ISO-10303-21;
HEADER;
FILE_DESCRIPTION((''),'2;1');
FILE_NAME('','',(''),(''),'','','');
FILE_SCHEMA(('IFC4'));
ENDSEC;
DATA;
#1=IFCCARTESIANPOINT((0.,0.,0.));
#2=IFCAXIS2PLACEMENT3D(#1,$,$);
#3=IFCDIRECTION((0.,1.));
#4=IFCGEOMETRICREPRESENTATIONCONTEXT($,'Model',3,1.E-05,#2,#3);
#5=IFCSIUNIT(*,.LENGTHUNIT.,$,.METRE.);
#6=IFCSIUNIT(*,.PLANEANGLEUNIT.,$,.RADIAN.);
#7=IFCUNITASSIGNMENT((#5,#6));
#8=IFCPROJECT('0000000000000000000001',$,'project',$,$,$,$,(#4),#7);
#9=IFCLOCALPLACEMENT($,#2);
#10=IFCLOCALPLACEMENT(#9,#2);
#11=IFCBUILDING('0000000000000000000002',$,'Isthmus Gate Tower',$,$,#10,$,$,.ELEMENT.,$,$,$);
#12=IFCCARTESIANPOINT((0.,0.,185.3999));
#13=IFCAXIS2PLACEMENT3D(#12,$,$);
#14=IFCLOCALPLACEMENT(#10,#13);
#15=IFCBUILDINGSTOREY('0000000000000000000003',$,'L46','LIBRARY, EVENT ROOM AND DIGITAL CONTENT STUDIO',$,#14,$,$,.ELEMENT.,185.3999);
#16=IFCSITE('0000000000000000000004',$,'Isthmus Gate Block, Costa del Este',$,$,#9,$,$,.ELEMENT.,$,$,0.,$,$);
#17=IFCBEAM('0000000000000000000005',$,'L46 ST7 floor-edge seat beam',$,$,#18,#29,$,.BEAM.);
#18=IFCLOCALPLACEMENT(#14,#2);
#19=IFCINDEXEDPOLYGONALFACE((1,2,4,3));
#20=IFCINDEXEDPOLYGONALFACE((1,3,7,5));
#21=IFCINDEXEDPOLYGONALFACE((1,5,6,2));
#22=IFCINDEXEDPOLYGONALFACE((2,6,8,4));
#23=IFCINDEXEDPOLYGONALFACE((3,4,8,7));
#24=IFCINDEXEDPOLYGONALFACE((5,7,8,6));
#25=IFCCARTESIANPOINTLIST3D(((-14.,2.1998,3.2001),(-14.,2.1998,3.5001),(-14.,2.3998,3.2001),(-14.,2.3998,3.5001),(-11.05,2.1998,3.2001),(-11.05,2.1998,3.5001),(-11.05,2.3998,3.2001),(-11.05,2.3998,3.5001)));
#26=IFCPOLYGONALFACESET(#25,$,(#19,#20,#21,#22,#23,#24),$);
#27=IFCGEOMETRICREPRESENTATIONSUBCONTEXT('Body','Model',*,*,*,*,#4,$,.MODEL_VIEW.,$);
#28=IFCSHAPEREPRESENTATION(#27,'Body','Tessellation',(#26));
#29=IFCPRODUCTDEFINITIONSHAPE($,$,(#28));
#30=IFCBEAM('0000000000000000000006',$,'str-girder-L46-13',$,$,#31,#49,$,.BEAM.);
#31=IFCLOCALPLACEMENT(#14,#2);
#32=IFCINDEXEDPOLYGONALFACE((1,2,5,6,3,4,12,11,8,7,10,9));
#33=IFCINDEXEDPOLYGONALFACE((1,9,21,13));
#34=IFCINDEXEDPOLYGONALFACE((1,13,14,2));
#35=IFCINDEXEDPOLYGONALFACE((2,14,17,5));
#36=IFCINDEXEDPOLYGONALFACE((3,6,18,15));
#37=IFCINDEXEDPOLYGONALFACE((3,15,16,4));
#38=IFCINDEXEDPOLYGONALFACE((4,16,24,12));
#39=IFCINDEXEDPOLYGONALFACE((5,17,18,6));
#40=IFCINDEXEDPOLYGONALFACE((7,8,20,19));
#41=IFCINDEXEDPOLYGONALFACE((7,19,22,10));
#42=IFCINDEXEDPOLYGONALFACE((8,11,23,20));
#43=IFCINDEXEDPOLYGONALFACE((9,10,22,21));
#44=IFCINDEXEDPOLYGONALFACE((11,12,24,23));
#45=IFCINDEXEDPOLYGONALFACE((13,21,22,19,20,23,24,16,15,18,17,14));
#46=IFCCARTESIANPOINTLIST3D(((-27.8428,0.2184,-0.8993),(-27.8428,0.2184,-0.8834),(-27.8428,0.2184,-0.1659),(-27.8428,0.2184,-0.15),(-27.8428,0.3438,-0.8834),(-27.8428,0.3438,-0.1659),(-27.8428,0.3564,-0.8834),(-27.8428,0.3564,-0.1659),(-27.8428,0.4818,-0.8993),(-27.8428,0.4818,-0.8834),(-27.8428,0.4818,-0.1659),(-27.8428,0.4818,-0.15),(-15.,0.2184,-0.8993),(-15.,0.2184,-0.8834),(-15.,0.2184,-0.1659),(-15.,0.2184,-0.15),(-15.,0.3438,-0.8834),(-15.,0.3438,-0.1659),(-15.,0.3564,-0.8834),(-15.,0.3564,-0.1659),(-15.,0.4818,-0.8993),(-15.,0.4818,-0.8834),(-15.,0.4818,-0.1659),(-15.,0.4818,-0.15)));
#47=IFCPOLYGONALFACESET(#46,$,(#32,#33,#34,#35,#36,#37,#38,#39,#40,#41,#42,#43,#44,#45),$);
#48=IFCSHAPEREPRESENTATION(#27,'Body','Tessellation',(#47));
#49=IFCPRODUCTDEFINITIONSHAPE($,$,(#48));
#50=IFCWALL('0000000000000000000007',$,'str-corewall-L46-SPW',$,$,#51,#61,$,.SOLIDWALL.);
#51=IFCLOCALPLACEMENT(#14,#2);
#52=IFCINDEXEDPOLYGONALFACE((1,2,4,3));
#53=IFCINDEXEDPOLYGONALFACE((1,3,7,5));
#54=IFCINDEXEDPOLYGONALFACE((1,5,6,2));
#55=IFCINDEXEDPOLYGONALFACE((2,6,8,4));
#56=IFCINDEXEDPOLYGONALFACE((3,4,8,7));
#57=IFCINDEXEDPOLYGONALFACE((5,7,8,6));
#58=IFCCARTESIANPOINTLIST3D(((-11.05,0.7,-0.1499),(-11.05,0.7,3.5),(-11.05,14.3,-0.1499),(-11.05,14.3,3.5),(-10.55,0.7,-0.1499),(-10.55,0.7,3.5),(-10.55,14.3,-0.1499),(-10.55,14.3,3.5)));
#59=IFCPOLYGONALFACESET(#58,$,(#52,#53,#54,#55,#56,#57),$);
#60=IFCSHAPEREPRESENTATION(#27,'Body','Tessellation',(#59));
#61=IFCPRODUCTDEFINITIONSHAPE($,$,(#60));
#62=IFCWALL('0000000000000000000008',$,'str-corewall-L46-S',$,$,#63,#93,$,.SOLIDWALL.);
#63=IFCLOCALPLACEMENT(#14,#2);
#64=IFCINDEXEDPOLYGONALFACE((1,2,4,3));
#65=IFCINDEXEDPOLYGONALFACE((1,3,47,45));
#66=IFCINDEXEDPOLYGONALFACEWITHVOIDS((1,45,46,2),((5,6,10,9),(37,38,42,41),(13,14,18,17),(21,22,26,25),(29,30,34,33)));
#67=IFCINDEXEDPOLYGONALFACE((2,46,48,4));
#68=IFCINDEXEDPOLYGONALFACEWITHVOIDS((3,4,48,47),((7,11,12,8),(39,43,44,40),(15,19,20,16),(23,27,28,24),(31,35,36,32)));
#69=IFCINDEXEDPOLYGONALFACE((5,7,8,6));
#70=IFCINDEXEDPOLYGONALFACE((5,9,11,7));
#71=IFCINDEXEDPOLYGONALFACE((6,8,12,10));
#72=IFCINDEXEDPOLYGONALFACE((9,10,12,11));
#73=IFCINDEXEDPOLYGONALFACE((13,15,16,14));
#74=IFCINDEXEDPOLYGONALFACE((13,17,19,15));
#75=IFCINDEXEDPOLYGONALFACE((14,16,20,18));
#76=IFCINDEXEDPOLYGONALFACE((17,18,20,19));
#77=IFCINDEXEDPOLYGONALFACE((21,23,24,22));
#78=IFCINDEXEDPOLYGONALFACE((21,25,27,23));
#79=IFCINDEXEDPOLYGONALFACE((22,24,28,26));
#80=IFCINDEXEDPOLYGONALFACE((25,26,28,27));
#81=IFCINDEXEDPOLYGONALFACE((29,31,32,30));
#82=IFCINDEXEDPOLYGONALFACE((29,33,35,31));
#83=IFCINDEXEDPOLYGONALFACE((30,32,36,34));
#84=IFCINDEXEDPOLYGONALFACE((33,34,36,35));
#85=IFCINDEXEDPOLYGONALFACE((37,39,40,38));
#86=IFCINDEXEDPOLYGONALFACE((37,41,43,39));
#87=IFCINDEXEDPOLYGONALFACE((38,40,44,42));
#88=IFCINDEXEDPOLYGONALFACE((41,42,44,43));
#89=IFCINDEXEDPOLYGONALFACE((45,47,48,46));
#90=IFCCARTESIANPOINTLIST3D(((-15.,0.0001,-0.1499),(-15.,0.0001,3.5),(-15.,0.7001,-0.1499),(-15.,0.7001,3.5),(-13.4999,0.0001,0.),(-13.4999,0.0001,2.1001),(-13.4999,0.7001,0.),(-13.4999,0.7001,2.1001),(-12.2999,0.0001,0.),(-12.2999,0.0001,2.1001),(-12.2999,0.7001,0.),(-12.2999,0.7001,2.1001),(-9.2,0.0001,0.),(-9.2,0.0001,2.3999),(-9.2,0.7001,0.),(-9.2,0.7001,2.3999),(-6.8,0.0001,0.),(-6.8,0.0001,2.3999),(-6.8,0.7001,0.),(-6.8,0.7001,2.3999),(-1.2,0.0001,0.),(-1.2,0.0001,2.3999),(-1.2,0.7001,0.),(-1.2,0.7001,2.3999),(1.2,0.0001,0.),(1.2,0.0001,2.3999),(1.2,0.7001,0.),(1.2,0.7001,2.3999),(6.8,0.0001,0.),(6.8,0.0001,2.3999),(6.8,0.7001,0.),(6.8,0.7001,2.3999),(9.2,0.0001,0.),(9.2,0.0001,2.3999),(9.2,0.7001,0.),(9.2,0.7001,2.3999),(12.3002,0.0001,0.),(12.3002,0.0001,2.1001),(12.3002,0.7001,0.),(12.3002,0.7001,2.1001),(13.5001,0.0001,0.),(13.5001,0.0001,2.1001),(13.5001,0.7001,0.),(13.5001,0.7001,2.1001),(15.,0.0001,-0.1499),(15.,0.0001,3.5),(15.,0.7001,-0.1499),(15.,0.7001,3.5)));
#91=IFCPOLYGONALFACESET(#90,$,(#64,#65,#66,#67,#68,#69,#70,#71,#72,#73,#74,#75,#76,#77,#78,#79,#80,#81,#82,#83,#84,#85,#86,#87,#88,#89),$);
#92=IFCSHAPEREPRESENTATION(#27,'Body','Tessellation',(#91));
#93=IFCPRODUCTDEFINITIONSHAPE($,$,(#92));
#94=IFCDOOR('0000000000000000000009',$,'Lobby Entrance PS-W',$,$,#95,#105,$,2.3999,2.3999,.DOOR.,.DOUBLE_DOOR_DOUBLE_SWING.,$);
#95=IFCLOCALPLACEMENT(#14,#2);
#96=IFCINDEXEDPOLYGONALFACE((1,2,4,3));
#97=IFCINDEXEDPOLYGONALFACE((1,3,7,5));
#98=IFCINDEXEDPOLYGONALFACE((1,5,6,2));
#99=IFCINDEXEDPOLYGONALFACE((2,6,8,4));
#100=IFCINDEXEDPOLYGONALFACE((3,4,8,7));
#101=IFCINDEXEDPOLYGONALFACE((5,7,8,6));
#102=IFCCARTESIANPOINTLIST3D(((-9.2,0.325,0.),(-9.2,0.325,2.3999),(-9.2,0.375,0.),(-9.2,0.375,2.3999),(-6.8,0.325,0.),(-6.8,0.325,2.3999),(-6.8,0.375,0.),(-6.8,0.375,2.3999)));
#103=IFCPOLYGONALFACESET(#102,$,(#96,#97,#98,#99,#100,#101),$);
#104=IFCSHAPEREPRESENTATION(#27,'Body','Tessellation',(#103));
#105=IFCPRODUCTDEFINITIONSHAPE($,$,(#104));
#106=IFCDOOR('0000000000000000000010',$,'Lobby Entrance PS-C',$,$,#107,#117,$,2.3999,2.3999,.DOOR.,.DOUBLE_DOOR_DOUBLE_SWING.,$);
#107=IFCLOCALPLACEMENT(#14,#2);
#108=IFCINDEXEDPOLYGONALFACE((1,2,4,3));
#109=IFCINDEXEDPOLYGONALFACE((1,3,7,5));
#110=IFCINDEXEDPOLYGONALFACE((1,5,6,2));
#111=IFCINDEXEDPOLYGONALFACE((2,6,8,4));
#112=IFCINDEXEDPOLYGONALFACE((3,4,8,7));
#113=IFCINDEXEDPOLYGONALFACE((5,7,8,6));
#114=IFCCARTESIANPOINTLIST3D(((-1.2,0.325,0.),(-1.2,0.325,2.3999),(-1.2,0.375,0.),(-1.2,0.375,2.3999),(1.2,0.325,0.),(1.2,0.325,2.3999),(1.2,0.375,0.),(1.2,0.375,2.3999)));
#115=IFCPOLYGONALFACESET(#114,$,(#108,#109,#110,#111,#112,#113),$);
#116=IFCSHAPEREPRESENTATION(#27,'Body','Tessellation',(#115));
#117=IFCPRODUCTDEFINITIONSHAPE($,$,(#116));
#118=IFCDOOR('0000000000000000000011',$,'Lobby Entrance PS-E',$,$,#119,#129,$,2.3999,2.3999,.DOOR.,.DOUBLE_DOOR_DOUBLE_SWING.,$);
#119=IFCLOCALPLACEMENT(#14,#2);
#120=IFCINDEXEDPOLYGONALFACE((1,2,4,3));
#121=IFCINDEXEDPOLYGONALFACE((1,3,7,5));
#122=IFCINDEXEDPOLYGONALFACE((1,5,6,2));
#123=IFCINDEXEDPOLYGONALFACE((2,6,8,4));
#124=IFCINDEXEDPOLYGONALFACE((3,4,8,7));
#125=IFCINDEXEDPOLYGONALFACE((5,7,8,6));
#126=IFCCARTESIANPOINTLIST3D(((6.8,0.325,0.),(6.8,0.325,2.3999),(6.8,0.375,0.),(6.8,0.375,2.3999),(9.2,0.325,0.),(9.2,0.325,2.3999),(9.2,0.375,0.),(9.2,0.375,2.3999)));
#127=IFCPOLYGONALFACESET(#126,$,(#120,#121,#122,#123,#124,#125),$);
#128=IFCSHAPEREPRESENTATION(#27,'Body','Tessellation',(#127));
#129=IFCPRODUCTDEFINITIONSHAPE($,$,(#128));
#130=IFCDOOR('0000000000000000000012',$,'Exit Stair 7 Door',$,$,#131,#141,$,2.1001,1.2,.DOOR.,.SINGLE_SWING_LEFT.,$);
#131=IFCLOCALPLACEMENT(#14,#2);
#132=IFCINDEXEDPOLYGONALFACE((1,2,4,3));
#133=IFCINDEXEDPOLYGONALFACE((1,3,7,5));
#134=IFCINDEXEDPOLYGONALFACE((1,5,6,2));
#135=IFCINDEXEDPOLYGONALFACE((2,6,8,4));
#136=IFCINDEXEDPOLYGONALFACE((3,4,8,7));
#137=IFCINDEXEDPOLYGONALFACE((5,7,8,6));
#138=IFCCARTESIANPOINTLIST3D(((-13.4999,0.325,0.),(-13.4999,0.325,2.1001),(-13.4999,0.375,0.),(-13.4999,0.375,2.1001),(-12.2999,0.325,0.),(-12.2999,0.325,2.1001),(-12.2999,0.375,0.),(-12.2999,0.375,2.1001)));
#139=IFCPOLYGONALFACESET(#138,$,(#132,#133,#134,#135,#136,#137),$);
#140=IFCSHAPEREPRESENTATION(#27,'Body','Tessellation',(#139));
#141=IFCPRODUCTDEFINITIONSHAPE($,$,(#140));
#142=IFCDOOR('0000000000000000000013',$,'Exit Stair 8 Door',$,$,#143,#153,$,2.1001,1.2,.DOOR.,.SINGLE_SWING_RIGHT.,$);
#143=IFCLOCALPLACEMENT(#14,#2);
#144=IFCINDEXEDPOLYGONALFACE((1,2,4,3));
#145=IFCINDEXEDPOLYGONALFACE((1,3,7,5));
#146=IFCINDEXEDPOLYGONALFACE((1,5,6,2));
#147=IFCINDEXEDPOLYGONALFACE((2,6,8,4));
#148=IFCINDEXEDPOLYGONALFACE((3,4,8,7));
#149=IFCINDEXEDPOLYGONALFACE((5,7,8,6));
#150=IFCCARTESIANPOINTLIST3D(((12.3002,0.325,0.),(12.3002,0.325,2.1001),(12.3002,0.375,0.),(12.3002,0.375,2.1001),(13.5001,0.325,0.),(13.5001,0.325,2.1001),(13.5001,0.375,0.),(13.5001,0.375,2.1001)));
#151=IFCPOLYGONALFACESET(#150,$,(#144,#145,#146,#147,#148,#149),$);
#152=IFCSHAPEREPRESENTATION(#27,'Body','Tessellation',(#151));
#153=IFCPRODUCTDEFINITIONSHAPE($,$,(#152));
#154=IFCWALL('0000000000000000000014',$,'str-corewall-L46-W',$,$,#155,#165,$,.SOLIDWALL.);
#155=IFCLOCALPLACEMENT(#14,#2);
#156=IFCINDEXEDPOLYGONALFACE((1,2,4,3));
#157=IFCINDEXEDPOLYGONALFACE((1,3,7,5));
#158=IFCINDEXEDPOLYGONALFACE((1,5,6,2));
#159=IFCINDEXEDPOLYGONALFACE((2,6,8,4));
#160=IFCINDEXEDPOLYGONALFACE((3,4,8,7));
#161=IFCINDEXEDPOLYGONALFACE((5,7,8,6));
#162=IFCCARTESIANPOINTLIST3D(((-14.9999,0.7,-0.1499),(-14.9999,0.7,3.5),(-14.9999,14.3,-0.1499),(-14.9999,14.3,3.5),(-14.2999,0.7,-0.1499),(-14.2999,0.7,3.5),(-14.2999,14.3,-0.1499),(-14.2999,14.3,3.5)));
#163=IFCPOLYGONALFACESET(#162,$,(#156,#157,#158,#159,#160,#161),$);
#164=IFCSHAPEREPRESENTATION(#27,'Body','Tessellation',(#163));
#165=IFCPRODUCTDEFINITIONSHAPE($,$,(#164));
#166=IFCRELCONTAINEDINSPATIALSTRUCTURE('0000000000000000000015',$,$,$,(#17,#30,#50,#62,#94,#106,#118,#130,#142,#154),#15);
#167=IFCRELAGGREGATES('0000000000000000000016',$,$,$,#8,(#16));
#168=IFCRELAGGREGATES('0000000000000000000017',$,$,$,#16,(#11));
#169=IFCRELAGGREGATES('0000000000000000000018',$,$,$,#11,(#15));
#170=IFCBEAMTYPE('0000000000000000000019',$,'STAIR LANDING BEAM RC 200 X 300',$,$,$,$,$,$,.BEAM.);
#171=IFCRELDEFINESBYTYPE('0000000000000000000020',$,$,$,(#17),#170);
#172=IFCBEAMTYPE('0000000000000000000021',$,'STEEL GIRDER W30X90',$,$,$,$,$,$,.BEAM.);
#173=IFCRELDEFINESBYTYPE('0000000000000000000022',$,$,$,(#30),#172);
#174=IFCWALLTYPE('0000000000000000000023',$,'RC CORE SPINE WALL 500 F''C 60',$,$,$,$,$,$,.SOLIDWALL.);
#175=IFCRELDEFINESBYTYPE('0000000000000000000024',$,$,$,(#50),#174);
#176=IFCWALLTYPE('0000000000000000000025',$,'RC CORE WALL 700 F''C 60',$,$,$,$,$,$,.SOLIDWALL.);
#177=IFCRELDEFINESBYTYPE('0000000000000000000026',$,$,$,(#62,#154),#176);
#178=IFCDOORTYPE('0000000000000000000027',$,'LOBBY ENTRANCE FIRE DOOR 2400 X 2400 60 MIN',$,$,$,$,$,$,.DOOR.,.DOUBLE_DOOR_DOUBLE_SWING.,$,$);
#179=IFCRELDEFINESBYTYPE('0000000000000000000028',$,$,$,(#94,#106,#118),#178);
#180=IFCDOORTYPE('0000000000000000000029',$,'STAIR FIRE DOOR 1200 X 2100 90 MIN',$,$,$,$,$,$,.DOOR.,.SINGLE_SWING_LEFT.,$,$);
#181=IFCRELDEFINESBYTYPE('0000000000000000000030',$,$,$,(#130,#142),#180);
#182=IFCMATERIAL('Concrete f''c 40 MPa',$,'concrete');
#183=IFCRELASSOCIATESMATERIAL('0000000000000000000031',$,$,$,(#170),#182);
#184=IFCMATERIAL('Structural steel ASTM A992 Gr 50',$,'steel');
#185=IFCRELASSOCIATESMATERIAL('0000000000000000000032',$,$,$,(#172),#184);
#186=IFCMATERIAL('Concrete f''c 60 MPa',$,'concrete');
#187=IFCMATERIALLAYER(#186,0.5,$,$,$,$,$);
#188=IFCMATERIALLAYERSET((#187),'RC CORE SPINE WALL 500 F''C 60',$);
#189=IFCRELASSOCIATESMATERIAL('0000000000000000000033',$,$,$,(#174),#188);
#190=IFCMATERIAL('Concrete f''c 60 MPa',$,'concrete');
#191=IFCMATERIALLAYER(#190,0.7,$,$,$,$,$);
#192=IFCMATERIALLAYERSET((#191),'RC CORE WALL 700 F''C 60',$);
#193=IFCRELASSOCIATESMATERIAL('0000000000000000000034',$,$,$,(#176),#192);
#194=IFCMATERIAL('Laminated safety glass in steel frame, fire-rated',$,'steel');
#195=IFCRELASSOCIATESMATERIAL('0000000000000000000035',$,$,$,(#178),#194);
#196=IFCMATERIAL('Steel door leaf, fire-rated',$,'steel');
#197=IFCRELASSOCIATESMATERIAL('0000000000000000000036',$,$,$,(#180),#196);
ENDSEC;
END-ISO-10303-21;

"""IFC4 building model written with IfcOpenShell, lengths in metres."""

from ifc_helpers import new_model, si_unit, direction, frame, frame_2d, origin, origin_2d, place, context, subcontext, project, spatial, rectangle, i_section, extrude, material, layer, layer_set, material_profile, profile_set, type_object, element, fill, save


model = new_model("IFC4")

# Units and contexts
model_context = context("Model", 3, precision=1e-05, world=origin(), true_north=direction((0.0, 1.0)))
body_context = subcontext(model_context, "Body", "Model", "MODEL_VIEW")
ifc_project = project(units=[si_unit("LENGTHUNIT", "METRE"), si_unit("PLANEANGLEUNIT", "RADIAN")], contexts=[model_context])

# Site, building, storey
site_placement = place(None, origin())
site = spatial("IfcSite", under=ifc_project, at=site_placement, Name="Isthmus Gate Block, Costa del Este", CompositionType="ELEMENT", RefElevation=0.0)
building_placement = place(site_placement, origin())
building = spatial("IfcBuilding", under=site, at=building_placement, Name="Isthmus Gate Tower", CompositionType="ELEMENT")
storey_placement = place(building_placement, frame((0.0, 0.0, 185.3999)))
storey = spatial("IfcBuildingStorey", under=building, at=storey_placement, Name="L46", Description="LIBRARY, EVENT ROOM AND DIGITAL CONTENT STUDIO", CompositionType="ELEMENT", Elevation=185.3999)

# Beams
ifc_material_1 = material(Name="Concrete f'c 40 MPa", Category="concrete")
ifc_material_profile_1 = material_profile(ifc_material_1, rectangle(XDim=0.2, YDim=0.3, at=origin_2d()), Name="STAIR LANDING BEAM RC 200 X 300")
ifc_profile_set_1 = profile_set([ifc_material_profile_1], Name="Concrete f'c 40 MPa")
beam_type_1 = type_object("IfcBeamType", Name="STAIR LANDING BEAM RC 200 X 300", PredefinedType="BEAM", material=ifc_profile_set_1)
beam_1_placement = place(storey_placement, frame((-14.0, 2.2998, 3.3501), z_axis=(1.0, 0.0, 0.0), x_axis=(0.0, 1.0, 0.0)))
element("IfcBeam", 1, at=beam_1_placement, inside=storey, type_object=beam_type_1, Name="L46 ST7 floor-edge seat beam", PredefinedType="BEAM", context=body_context, shape_type="SweptSolid", body=[
    extrude(rectangle(XDim=0.2, YDim=0.3, at=origin_2d()), origin(), (0.0, 0.0, 1.0), 2.95),
])
ifc_material_2 = material(Name="Structural steel ASTM A992 Gr 50", Category="steel")
ifc_material_profile_2 = material_profile(ifc_material_2, i_section(OverallWidth=0.2634, OverallDepth=0.7493, WebThickness=0.0127, FlangeThickness=0.0159, at=origin_2d()), Name="W30X90")
ifc_profile_set_2 = profile_set([ifc_material_profile_2], Name="Structural steel ASTM A992 Gr 50")
beam_type_2 = type_object("IfcBeamType", Name="STEEL GIRDER W30X90", PredefinedType="BEAM", material=ifc_profile_set_2)
beam_2_placement = place(storey_placement, frame((-15.0, 0.3501, -0.5247), z_axis=(-1.0, 0.0, 0.0), x_axis=(0.0, -1.0, 0.0)))
element("IfcBeam", 2, at=beam_2_placement, inside=storey, type_object=beam_type_2, Name="str-girder-L46-13", PredefinedType="BEAM", context=body_context, shape_type="SweptSolid", body=[
    extrude(i_section(OverallWidth=0.2634, OverallDepth=0.7493, WebThickness=0.0127, FlangeThickness=0.0159, at=origin_2d()), origin(), (0.0, 0.0, 1.0), 12.8428),
])

# Wall
ifc_material_3 = material(Name="Concrete f'c 60 MPa", Category="concrete")
ifc_layer_1 = layer(ifc_material_3, 0.5)
ifc_layer_set_1 = layer_set([ifc_layer_1], Name="RC CORE SPINE WALL 500 F'C 60")
wall_type_1 = type_object("IfcWallType", Name="RC CORE SPINE WALL 500 F'C 60", PredefinedType="SOLIDWALL", material=ifc_layer_set_1)
wall_1_placement = place(storey_placement, frame((-10.8, 0.7, -0.1499), z_axis=(0.0, 0.0, 1.0), x_axis=(0.0, 1.0, 0.0)))
element("IfcWall", 3, at=wall_1_placement, inside=storey, type_object=wall_type_1, Name="str-corewall-L46-SPW", PredefinedType="SOLIDWALL", context=body_context, shape_type="SweptSolid", body=[
    extrude(rectangle(XDim=13.6001, YDim=0.5, at=frame_2d((6.8, 0.0))), origin(), (0.0, 0.0, 1.0), 3.6499),
])

# Wall, openings, doors
ifc_material_4 = material(Name="Concrete f'c 60 MPa", Category="concrete")
ifc_layer_2 = layer(ifc_material_4, 0.7)
ifc_layer_set_2 = layer_set([ifc_layer_2], Name="RC CORE WALL 700 F'C 60")
wall_type_2 = type_object("IfcWallType", Name="RC CORE WALL 700 F'C 60", PredefinedType="SOLIDWALL", material=ifc_layer_set_2)
wall_2_placement = place(storey_placement, frame((-15.0, 0.3501, -0.1499), z_axis=(0.0, 0.0, 1.0), x_axis=(1.0, 0.0, 0.0)))
wall_2 = element("IfcWall", 4, at=wall_2_placement, inside=storey, type_object=wall_type_2, Name="str-corewall-L46-S", PredefinedType="SOLIDWALL", context=body_context, shape_type="SweptSolid", body=[
    extrude(rectangle(XDim=30.0, YDim=0.7, at=frame_2d((15.0, 0.0))), origin(), (0.0, 0.0, 1.0), 3.6499),
])
opening_1_placement = place(wall_2_placement, frame((5.8, 0.0, 0.1499)))
opening_1 = element("IfcOpeningElement", 5, at=opening_1_placement, cuts=wall_2, PredefinedType="OPENING", context=body_context, shape_type="SweptSolid", body=[
    extrude(rectangle(XDim=2.3999, YDim=2.3999, at=frame_2d((1.2, 1.2))), frame((0.0, 0.3599, 0.0), z_axis=(0.0, -1.0, 0.0), x_axis=(1.0, 0.0, 0.0)), (0.0, 0.0, 1.0), 0.72),
])
opening_2_placement = place(wall_2_placement, frame((13.8, 0.0, 0.1499)))
opening_2 = element("IfcOpeningElement", 6, at=opening_2_placement, cuts=wall_2, PredefinedType="OPENING", context=body_context, shape_type="SweptSolid", body=[
    extrude(rectangle(XDim=2.3999, YDim=2.3999, at=frame_2d((1.2, 1.2))), frame((0.0, 0.3599, 0.0), z_axis=(0.0, -1.0, 0.0), x_axis=(1.0, 0.0, 0.0)), (0.0, 0.0, 1.0), 0.72),
])
opening_3_placement = place(wall_2_placement, frame((21.8, 0.0, 0.1499)))
opening_3 = element("IfcOpeningElement", 7, at=opening_3_placement, cuts=wall_2, PredefinedType="OPENING", context=body_context, shape_type="SweptSolid", body=[
    extrude(rectangle(XDim=2.3999, YDim=2.3999, at=frame_2d((1.2, 1.2))), frame((0.0, 0.3599, 0.0), z_axis=(0.0, -1.0, 0.0), x_axis=(1.0, 0.0, 0.0)), (0.0, 0.0, 1.0), 0.72),
])
opening_4_placement = place(wall_2_placement, frame((1.5, 0.0, 0.1499)))
opening_4 = element("IfcOpeningElement", 8, at=opening_4_placement, cuts=wall_2, PredefinedType="OPENING", context=body_context, shape_type="SweptSolid", body=[
    extrude(rectangle(XDim=1.2, YDim=2.1001, at=frame_2d((0.6001, 1.05))), frame((0.0, 0.3599, 0.0), z_axis=(0.0, -1.0, 0.0), x_axis=(1.0, 0.0, 0.0)), (0.0, 0.0, 1.0), 0.72),
])
opening_5_placement = place(wall_2_placement, frame((27.3, 0.0, 0.1499)))
opening_5 = element("IfcOpeningElement", 9, at=opening_5_placement, cuts=wall_2, PredefinedType="OPENING", context=body_context, shape_type="SweptSolid", body=[
    extrude(rectangle(XDim=1.2, YDim=2.1001, at=frame_2d((0.6001, 1.05))), frame((0.0, 0.3599, 0.0), z_axis=(0.0, -1.0, 0.0), x_axis=(1.0, 0.0, 0.0)), (0.0, 0.0, 1.0), 0.72),
])
ifc_material_5 = material(Name="Laminated safety glass in steel frame, fire-rated", Category="steel")
door_type_1 = type_object("IfcDoorType", Name="LOBBY ENTRANCE FIRE DOOR 2400 X 2400 60 MIN", OperationType="DOUBLE_DOOR_DOUBLE_SWING", PredefinedType="DOOR", material=ifc_material_5)
door_1_placement = place(opening_1_placement, origin())
door_1 = element("IfcDoor", 10, at=door_1_placement, inside=storey, type_object=door_type_1, Name="Lobby Entrance PS-W", OperationType="DOUBLE_DOOR_DOUBLE_SWING", OverallHeight=2.3999, OverallWidth=2.3999, PredefinedType="DOOR", context=body_context, shape_type="SweptSolid", body=[
    extrude(rectangle(XDim=2.3999, YDim=2.3999, at=frame_2d((1.2, 1.2))), frame((0.0, 0.0249, 0.0), z_axis=(0.0, -1.0, 0.0), x_axis=(1.0, 0.0, 0.0)), (0.0, 0.0, 1.0), 0.05),
])
fill(opening_1, door_1)
door_2_placement = place(opening_2_placement, origin())
door_2 = element("IfcDoor", 11, at=door_2_placement, inside=storey, type_object=door_type_1, Name="Lobby Entrance PS-C", OperationType="DOUBLE_DOOR_DOUBLE_SWING", OverallHeight=2.3999, OverallWidth=2.3999, PredefinedType="DOOR", context=body_context, shape_type="SweptSolid", body=[
    extrude(rectangle(XDim=2.3999, YDim=2.3999, at=frame_2d((1.2, 1.2))), frame((0.0, 0.0249, 0.0), z_axis=(0.0, -1.0, 0.0), x_axis=(1.0, 0.0, 0.0)), (0.0, 0.0, 1.0), 0.05),
])
fill(opening_2, door_2)
door_3_placement = place(opening_3_placement, origin())
door_3 = element("IfcDoor", 12, at=door_3_placement, inside=storey, type_object=door_type_1, Name="Lobby Entrance PS-E", OperationType="DOUBLE_DOOR_DOUBLE_SWING", OverallHeight=2.3999, OverallWidth=2.3999, PredefinedType="DOOR", context=body_context, shape_type="SweptSolid", body=[
    extrude(rectangle(XDim=2.3999, YDim=2.3999, at=frame_2d((1.2, 1.2))), frame((0.0, 0.0249, 0.0), z_axis=(0.0, -1.0, 0.0), x_axis=(1.0, 0.0, 0.0)), (0.0, 0.0, 1.0), 0.05),
])
fill(opening_3, door_3)
ifc_material_6 = material(Name="Steel door leaf, fire-rated", Category="steel")
door_type_2 = type_object("IfcDoorType", Name="STAIR FIRE DOOR 1200 X 2100 90 MIN", OperationType="SINGLE_SWING_LEFT", PredefinedType="DOOR", material=ifc_material_6)
door_4_placement = place(opening_4_placement, origin())
door_4 = element("IfcDoor", 13, at=door_4_placement, inside=storey, type_object=door_type_2, Name="Exit Stair 7 Door", OperationType="SINGLE_SWING_LEFT", OverallHeight=2.1001, OverallWidth=1.2, PredefinedType="DOOR", context=body_context, shape_type="SweptSolid", body=[
    extrude(rectangle(XDim=1.2, YDim=2.1001, at=frame_2d((0.6001, 1.05))), frame((0.0, 0.0249, 0.0), z_axis=(0.0, -1.0, 0.0), x_axis=(1.0, 0.0, 0.0)), (0.0, 0.0, 1.0), 0.05),
])
fill(opening_4, door_4)
door_5_placement = place(opening_5_placement, origin())
door_5 = element("IfcDoor", 14, at=door_5_placement, inside=storey, type_object=door_type_2, Name="Exit Stair 8 Door", OperationType="SINGLE_SWING_RIGHT", OverallHeight=2.1001, OverallWidth=1.2, PredefinedType="DOOR", context=body_context, shape_type="SweptSolid", body=[
    extrude(rectangle(XDim=1.2, YDim=2.1001, at=frame_2d((0.6001, 1.05))), frame((0.0, 0.0249, 0.0), z_axis=(0.0, -1.0, 0.0), x_axis=(1.0, 0.0, 0.0)), (0.0, 0.0, 1.0), 0.05),
])
fill(opening_5, door_5)

# Wall
wall_3_placement = place(storey_placement, frame((-14.6499, 0.7, -0.1499), z_axis=(0.0, 0.0, 1.0), x_axis=(0.0, 1.0, 0.0)))
element("IfcWall", 15, at=wall_3_placement, inside=storey, type_object=wall_type_2, Name="str-corewall-L46-W", PredefinedType="SOLIDWALL", context=body_context, shape_type="SweptSolid", body=[
    extrude(rectangle(XDim=13.6001, YDim=0.7, at=frame_2d((6.8, 0.0))), origin(), (0.0, 0.0, 1.0), 3.6499),
])

save(model, "model.ifc")
